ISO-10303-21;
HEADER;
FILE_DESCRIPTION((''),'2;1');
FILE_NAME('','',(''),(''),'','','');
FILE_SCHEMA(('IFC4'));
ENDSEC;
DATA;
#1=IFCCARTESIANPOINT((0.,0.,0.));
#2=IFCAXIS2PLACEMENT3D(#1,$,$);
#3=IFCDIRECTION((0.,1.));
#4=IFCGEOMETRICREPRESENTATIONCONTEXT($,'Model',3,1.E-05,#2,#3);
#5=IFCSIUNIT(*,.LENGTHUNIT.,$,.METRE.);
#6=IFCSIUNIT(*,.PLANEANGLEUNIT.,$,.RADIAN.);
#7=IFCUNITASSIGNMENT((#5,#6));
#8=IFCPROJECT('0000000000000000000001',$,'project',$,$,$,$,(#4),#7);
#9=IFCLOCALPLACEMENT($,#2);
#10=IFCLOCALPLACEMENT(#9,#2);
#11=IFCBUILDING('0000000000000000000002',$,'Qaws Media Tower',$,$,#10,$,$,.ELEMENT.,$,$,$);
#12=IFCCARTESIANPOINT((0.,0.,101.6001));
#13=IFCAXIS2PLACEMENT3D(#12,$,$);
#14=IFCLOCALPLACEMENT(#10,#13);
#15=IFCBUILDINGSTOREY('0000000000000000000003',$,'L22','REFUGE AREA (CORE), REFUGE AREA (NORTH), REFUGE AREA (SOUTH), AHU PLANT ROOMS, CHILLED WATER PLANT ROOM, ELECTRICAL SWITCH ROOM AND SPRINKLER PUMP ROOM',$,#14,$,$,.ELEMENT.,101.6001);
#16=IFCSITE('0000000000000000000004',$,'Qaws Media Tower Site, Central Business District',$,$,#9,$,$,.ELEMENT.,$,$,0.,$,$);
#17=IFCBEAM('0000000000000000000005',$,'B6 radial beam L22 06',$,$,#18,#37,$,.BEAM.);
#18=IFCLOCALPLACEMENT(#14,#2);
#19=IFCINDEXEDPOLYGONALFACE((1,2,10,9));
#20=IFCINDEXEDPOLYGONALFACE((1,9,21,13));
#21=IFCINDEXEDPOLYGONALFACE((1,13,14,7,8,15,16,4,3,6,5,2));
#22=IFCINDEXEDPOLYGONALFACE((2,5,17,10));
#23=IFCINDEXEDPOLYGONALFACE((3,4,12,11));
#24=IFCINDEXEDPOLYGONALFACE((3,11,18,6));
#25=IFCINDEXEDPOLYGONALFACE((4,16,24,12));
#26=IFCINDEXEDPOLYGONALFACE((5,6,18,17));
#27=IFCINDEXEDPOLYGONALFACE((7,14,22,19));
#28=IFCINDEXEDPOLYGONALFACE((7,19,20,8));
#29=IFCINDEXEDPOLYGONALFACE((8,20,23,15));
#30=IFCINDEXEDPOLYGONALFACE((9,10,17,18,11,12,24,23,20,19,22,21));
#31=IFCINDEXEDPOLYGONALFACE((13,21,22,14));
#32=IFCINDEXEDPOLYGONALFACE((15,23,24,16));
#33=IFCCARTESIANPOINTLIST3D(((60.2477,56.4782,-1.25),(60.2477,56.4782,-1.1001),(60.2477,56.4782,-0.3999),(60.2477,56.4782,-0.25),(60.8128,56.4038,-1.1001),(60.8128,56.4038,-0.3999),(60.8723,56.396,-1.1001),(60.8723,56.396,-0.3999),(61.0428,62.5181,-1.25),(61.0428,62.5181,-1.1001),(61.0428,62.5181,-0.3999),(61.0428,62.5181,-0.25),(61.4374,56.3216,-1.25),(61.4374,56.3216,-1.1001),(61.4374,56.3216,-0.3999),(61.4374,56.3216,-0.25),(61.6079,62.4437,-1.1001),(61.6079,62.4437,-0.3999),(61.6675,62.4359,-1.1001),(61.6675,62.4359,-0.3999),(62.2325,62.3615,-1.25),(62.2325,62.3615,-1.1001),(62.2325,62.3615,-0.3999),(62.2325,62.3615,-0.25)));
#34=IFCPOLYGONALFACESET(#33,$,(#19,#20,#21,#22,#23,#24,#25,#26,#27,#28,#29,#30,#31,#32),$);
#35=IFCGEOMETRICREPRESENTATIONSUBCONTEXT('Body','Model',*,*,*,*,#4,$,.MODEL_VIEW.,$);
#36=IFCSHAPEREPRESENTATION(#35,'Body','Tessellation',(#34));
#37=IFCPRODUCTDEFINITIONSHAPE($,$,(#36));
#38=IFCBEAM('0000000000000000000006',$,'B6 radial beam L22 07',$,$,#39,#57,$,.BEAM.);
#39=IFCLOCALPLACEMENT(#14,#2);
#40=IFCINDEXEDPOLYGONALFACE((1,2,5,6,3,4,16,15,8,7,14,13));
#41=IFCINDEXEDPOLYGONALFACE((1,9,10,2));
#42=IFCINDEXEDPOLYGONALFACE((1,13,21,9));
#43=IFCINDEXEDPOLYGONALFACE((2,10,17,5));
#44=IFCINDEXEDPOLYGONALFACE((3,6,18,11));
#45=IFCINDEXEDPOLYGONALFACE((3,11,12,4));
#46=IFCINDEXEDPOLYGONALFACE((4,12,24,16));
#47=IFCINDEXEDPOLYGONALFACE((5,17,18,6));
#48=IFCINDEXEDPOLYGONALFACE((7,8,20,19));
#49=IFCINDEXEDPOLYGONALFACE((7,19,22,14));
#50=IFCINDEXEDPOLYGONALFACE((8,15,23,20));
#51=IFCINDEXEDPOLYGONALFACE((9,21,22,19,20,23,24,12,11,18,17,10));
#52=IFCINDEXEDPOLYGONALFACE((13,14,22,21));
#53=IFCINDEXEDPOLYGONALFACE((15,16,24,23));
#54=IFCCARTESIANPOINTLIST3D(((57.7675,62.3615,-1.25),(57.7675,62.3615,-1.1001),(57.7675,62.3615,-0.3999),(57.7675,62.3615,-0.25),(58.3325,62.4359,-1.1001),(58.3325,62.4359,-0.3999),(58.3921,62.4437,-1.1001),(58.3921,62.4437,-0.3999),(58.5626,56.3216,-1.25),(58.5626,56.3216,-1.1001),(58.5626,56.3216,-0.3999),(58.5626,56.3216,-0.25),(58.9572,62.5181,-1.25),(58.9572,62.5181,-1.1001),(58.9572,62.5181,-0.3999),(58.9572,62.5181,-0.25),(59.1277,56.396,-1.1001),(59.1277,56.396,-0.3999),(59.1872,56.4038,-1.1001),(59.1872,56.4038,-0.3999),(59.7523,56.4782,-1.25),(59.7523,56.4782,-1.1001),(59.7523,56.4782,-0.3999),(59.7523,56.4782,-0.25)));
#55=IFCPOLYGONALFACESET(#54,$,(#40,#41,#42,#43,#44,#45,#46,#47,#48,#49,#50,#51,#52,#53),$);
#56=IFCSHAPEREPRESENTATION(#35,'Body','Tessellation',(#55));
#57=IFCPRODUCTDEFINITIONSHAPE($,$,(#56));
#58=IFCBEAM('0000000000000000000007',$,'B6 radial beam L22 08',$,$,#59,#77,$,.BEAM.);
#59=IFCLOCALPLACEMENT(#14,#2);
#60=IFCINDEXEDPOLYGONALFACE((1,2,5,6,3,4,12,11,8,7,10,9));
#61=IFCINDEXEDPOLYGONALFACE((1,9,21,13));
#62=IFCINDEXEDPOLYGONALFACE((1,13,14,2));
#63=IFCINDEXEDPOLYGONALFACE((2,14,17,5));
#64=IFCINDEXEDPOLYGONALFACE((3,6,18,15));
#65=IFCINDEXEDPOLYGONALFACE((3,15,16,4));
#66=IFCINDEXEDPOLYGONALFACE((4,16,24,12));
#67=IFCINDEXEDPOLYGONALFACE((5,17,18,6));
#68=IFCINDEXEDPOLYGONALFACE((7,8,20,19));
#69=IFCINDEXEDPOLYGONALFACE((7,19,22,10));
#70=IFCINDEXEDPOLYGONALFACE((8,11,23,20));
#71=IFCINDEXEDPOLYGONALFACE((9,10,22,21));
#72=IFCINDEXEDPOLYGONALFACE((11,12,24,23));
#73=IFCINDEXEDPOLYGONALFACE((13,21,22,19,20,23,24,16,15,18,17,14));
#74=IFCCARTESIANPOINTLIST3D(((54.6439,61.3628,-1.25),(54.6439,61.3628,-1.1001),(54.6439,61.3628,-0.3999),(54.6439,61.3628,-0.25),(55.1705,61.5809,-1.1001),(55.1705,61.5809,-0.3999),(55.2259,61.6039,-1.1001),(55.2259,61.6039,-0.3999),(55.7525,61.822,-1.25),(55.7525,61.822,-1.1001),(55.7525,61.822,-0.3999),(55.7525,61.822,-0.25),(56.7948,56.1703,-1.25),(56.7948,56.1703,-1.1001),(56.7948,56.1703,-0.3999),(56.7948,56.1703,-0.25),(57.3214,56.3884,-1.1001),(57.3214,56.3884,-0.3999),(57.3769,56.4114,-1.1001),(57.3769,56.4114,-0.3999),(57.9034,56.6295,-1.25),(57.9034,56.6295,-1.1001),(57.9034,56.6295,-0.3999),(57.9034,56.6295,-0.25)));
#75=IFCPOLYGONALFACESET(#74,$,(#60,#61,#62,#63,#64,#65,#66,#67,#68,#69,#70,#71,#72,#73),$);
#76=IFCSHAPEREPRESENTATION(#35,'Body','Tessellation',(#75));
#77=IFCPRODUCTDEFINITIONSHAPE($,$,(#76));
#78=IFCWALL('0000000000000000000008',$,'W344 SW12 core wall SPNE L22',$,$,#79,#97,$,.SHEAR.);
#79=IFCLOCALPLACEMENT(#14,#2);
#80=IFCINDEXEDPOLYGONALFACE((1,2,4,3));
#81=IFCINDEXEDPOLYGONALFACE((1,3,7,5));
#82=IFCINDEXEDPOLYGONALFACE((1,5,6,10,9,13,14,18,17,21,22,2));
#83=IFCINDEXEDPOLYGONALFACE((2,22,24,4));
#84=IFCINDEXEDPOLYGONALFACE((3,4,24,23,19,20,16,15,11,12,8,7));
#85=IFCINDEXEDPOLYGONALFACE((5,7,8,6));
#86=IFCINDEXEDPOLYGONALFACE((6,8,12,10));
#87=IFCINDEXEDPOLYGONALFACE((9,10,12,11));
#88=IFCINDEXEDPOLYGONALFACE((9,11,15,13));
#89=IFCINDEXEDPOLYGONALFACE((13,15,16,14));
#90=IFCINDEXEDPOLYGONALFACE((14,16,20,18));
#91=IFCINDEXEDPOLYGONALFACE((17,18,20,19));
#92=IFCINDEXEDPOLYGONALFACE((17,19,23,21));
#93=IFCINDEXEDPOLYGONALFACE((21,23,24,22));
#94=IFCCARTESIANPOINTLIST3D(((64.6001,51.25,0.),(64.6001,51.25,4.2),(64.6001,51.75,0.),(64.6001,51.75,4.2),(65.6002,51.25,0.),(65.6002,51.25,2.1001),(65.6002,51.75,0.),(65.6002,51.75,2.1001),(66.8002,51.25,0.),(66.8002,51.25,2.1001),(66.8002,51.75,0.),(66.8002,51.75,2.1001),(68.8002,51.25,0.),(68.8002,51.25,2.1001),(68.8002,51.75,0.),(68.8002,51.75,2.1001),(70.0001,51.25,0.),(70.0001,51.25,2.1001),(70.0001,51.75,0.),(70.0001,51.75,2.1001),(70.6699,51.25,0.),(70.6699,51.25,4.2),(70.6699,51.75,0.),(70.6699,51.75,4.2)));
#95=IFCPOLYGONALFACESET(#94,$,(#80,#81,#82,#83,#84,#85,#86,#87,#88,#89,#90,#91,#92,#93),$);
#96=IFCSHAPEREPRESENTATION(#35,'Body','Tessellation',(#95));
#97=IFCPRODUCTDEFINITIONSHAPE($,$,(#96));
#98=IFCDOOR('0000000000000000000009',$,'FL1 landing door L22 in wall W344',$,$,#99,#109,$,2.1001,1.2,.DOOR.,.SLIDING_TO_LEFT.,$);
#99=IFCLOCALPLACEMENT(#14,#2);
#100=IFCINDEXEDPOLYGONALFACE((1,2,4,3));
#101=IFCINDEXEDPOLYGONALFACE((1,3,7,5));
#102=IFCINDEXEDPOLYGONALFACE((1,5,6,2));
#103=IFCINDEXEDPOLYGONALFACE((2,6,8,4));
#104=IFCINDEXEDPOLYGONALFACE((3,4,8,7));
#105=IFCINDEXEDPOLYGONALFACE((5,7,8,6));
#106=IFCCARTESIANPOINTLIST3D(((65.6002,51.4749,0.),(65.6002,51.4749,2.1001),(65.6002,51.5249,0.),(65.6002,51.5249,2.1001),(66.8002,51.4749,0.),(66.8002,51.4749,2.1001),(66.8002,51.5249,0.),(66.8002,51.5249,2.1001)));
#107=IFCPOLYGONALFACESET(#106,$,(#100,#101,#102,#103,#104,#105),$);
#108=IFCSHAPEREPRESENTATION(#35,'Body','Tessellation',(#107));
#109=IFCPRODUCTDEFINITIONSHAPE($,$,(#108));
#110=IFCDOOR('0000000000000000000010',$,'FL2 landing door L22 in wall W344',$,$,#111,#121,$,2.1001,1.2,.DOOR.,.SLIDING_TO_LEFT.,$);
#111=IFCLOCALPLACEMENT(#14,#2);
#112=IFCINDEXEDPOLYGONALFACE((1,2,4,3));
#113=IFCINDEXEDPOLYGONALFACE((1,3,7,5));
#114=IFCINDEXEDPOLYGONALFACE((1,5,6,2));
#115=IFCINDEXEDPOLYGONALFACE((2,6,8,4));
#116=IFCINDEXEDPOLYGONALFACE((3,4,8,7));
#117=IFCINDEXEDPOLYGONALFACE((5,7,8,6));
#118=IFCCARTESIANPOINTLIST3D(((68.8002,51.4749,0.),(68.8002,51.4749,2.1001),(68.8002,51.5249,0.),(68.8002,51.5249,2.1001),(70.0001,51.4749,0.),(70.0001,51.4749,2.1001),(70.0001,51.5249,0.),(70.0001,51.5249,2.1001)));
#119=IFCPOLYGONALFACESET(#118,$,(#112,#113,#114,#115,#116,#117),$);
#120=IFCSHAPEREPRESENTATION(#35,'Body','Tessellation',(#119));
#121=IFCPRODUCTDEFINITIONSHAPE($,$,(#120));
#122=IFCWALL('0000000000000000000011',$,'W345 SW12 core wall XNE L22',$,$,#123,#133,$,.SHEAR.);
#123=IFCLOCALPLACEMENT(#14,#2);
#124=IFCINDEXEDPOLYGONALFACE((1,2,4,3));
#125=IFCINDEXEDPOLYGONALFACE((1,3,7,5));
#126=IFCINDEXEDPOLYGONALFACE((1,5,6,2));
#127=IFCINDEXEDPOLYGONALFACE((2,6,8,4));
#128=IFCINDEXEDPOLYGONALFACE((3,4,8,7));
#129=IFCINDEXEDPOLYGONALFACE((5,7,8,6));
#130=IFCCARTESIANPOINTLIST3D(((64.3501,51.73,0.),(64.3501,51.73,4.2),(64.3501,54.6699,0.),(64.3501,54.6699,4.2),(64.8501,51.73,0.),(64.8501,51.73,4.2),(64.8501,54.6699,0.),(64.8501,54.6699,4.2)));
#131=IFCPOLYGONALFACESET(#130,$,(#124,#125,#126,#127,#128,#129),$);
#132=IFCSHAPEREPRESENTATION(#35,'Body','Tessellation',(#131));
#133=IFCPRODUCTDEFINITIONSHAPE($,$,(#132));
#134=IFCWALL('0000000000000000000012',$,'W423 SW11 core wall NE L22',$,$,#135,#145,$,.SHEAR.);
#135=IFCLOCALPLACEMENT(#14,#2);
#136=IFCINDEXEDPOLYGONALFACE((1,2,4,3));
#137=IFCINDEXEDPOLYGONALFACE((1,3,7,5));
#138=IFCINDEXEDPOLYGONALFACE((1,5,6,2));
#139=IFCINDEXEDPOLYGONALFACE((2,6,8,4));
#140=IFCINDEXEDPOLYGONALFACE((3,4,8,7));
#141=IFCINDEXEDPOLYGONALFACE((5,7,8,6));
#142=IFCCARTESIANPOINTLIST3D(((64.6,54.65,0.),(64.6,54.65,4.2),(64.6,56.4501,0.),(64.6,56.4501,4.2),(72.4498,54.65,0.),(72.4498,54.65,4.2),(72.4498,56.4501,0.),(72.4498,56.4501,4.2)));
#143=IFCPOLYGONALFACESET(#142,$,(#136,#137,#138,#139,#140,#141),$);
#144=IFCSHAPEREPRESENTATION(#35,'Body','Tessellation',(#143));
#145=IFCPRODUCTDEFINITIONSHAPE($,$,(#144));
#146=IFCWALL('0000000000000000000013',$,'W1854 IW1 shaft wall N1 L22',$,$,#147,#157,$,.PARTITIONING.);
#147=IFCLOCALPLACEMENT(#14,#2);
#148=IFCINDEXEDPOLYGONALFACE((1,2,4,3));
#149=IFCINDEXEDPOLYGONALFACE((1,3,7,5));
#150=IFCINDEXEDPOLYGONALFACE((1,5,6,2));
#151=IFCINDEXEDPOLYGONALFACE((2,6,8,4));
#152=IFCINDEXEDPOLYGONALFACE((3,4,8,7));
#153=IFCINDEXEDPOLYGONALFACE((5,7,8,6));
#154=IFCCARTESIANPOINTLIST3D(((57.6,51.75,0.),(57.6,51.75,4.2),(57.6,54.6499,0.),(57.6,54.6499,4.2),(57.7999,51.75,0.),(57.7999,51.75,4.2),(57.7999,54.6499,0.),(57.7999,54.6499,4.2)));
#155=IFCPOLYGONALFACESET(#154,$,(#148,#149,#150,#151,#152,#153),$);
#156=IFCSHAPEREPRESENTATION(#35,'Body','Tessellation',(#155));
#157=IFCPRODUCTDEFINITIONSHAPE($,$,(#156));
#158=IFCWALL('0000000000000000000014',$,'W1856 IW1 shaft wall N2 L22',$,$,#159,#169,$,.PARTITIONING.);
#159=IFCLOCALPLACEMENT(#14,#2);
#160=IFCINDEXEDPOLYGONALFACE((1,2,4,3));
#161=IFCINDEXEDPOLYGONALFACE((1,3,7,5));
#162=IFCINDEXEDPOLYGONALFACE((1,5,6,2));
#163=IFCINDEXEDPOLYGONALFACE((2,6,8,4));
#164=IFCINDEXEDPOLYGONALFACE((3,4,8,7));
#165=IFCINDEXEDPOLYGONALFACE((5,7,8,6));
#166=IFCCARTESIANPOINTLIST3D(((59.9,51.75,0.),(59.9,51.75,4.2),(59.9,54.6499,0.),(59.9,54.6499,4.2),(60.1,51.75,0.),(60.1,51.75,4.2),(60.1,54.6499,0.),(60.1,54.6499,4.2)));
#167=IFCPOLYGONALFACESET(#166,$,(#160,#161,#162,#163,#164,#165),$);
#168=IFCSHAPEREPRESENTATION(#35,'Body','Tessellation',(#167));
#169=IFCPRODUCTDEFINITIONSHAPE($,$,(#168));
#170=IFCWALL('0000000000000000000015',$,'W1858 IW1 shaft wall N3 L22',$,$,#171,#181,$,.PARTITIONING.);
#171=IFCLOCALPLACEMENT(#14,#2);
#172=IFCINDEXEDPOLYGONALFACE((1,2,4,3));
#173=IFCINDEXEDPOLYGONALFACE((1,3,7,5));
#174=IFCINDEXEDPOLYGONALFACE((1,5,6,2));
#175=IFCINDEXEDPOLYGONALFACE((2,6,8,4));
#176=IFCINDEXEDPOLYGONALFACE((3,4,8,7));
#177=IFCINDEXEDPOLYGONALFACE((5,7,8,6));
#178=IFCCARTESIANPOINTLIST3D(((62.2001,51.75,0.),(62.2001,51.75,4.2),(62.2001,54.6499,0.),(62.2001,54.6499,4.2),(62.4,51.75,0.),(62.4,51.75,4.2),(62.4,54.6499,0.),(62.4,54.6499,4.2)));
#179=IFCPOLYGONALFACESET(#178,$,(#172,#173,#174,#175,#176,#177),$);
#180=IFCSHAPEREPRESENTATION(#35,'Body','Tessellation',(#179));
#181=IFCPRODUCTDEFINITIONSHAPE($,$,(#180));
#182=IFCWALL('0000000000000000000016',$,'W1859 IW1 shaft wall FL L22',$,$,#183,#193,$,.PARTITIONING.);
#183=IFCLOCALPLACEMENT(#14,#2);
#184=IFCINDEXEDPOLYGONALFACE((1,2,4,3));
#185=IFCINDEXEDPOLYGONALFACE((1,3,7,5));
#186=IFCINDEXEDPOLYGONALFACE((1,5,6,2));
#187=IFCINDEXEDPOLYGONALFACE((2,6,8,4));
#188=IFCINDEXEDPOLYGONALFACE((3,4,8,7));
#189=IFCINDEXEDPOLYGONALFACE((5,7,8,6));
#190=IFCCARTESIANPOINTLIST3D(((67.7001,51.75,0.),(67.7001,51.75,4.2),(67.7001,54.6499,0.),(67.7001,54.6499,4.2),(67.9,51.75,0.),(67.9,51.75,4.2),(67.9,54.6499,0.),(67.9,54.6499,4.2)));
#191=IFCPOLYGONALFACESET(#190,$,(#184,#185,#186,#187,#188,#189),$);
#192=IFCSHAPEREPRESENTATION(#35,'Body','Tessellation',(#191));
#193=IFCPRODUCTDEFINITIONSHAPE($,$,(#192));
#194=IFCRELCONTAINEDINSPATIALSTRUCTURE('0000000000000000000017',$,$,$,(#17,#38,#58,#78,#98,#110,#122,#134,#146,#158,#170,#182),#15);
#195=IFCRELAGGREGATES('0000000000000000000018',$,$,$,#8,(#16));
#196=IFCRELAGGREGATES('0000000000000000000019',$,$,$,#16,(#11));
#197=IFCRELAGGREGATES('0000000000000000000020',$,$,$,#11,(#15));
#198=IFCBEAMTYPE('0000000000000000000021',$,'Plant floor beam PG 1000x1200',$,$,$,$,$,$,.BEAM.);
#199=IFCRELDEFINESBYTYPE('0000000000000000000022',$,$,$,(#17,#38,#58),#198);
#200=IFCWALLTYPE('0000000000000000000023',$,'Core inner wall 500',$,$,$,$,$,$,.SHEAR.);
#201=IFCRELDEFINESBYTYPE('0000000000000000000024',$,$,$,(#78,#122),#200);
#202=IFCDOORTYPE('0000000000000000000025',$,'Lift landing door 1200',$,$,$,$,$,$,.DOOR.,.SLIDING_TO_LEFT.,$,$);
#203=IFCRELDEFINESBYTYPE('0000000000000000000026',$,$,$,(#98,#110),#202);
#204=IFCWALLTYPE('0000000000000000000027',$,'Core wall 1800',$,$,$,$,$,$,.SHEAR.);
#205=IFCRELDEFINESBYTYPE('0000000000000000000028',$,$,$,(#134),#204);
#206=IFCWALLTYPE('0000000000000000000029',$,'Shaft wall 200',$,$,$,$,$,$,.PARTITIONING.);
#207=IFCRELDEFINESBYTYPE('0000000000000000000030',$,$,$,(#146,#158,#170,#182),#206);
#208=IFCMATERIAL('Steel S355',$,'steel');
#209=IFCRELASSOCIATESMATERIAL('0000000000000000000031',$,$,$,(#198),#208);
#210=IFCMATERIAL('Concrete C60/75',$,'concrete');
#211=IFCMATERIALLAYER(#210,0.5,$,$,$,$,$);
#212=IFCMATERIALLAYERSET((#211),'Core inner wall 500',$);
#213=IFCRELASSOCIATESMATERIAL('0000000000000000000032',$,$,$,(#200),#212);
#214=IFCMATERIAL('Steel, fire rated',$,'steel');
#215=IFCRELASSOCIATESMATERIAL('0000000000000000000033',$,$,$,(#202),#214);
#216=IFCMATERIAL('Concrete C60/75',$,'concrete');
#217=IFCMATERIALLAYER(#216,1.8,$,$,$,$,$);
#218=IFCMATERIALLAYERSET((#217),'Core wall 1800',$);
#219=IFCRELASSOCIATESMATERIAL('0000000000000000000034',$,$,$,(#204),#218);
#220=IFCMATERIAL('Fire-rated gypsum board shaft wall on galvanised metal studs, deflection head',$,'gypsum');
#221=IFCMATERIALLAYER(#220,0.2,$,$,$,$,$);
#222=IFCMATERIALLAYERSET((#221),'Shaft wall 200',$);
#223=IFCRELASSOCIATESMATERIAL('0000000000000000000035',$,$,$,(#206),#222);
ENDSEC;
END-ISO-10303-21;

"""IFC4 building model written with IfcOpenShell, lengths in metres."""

from ifc_helpers import new_model, si_unit, direction, frame, frame_2d, origin, origin_2d, place, context, subcontext, project, spatial, rectangle, i_section, extrude, material, layer, layer_set, material_profile, profile_set, type_object, element, fill, save


model = new_model("IFC4")

# Units and contexts
model_context = context("Model", 3, precision=1e-05, world=origin(), true_north=direction((0.0, 1.0)))
body_context = subcontext(model_context, "Body", "Model", "MODEL_VIEW")
ifc_project = project(units=[si_unit("LENGTHUNIT", "METRE"), si_unit("PLANEANGLEUNIT", "RADIAN")], contexts=[model_context])

# Site, building, storey
site_placement = place(None, origin())
site = spatial("IfcSite", under=ifc_project, at=site_placement, Name="Qaws Media Tower Site, Central Business District", CompositionType="ELEMENT", RefElevation=0.0)
building_placement = place(site_placement, origin())
building = spatial("IfcBuilding", under=site, at=building_placement, Name="Qaws Media Tower", CompositionType="ELEMENT")
storey_placement = place(building_placement, frame((0.0, 0.0, 101.6001)))
storey = spatial("IfcBuildingStorey", under=building, at=storey_placement, Name="L22", Description="REFUGE AREA (CORE), REFUGE AREA (NORTH), REFUGE AREA (SOUTH), AHU PLANT ROOMS, CHILLED WATER PLANT ROOM, ELECTRICAL SWITCH ROOM AND SPRINKLER PUMP ROOM", CompositionType="ELEMENT", Elevation=101.6001)

# Beams
ifc_material_1 = material(Name="Steel S355", Category="steel")
ifc_material_profile_1 = material_profile(ifc_material_1, i_section(OverallWidth=1.2, OverallDepth=1.0, WebThickness=0.0601, FlangeThickness=0.1499, at=origin_2d()), Name="PG 1000x1200")
ifc_profile_set_1 = profile_set([ifc_material_profile_1], Name="Steel S355")
beam_type_1 = type_object("IfcBeamType", Name="Plant floor beam PG 1000x1200", PredefinedType="BEAM", material=ifc_profile_set_1)
for number, where, z_axis, x_axis, name in (
    (1, (60.8425, 56.3999, -0.75), (0.130523, 0.991445, 0.0), (-0.991445, 0.130523, 0.0), "B6 radial beam L22 06"),
    (2, (59.1575, 56.3999, -0.75), (-0.130523, 0.991445, 0.0), (-0.991445, -0.130523, 0.0), "B6 radial beam L22 07"),
):
    element("IfcBeam", number, at=place(storey_placement, frame(where, z_axis=z_axis, x_axis=x_axis)), inside=storey, type_object=beam_type_1, Name=name, PredefinedType="BEAM", context=body_context, shape_type="SweptSolid", body=[
        extrude(i_section(OverallWidth=1.2, OverallDepth=1.0, WebThickness=0.0601, FlangeThickness=0.1499, at=origin_2d()), origin(), (0.0, 0.0, 1.0), 6.092),
    ])
beam_1_placement = place(storey_placement, frame((57.3491, 56.3999, -0.75), z_axis=(-0.382702, 0.923872, 0.0), x_axis=(-0.923872, -0.382702, 0.0)))
element("IfcBeam", 3, at=beam_1_placement, inside=storey, type_object=beam_type_1, Name="B6 radial beam L22 08", PredefinedType="BEAM", context=body_context, shape_type="SweptSolid", body=[
    extrude(i_section(OverallWidth=1.2, OverallDepth=1.0, WebThickness=0.0601, FlangeThickness=0.1499, at=origin_2d()), origin(), (0.0, 0.0, 1.0), 5.6204),
])

# Wall, openings, doors
ifc_material_2 = material(Name="Concrete C60/75", Category="concrete")
ifc_layer_1 = layer(ifc_material_2, 0.5)
ifc_layer_set_1 = layer_set([ifc_layer_1], Name="Core inner wall 500")
wall_type_1 = type_object("IfcWallType", Name="Core inner wall 500", PredefinedType="SHEAR", material=ifc_layer_set_1)
wall_1_placement = place(storey_placement, frame((64.6001, 51.5, 0.0), z_axis=(0.0, 0.0, 1.0), x_axis=(1.0, 0.0, 0.0)))
wall_1 = element("IfcWall", 4, at=wall_1_placement, inside=storey, type_object=wall_type_1, Name="W344 SW12 core wall SPNE L22", PredefinedType="SHEAR", context=body_context, shape_type="SweptSolid", body=[
    extrude(rectangle(XDim=6.0698, YDim=0.5, at=frame_2d((3.0349, 0.0))), origin(), (0.0, 0.0, 1.0), 4.2),
])
opening_1_placement = place(wall_1_placement, frame((1.0, 0.0, 0.0)))
opening_1 = element("IfcOpeningElement", 5, at=opening_1_placement, cuts=wall_1, PredefinedType="OPENING", context=body_context, shape_type="SweptSolid", body=[
    extrude(rectangle(XDim=1.2, YDim=2.1001, at=frame_2d((0.6001, 1.05))), frame((0.0, 0.26, 0.0), z_axis=(0.0, -1.0, 0.0), x_axis=(1.0, 0.0, 0.0)), (0.0, 0.0, 1.0), 0.52),
])
opening_2_placement = place(wall_1_placement, frame((4.2, 0.0, 0.0)))
opening_2 = element("IfcOpeningElement", 6, at=opening_2_placement, cuts=wall_1, PredefinedType="OPENING", context=body_context, shape_type="SweptSolid", body=[
    extrude(rectangle(XDim=1.2, YDim=2.1001, at=frame_2d((0.6001, 1.05))), frame((0.0, 0.26, 0.0), z_axis=(0.0, -1.0, 0.0), x_axis=(1.0, 0.0, 0.0)), (0.0, 0.0, 1.0), 0.52),
])
ifc_material_3 = material(Name="Steel, fire rated", Category="steel")
door_type = type_object("IfcDoorType", Name="Lift landing door 1200", OperationType="SLIDING_TO_LEFT", PredefinedType="DOOR", material=ifc_material_3)
door_1_placement = place(opening_1_placement, origin())
door_1 = element("IfcDoor", 7, at=door_1_placement, inside=storey, type_object=door_type, Name="FL1 landing door L22 in wall W344", OperationType="SLIDING_TO_LEFT", OverallHeight=2.1001, OverallWidth=1.2, PredefinedType="DOOR", context=body_context, shape_type="SweptSolid", body=[
    extrude(rectangle(XDim=1.2, YDim=2.1001, at=frame_2d((0.6001, 1.05))), frame((0.0, 0.0249, 0.0), z_axis=(0.0, -1.0, 0.0), x_axis=(1.0, 0.0, 0.0)), (0.0, 0.0, 1.0), 0.05),
])
fill(opening_1, door_1)
door_2_placement = place(opening_2_placement, origin())
door_2 = element("IfcDoor", 8, at=door_2_placement, inside=storey, type_object=door_type, Name="FL2 landing door L22 in wall W344", OperationType="SLIDING_TO_LEFT", OverallHeight=2.1001, OverallWidth=1.2, PredefinedType="DOOR", context=body_context, shape_type="SweptSolid", body=[
    extrude(rectangle(XDim=1.2, YDim=2.1001, at=frame_2d((0.6001, 1.05))), frame((0.0, 0.0249, 0.0), z_axis=(0.0, -1.0, 0.0), x_axis=(1.0, 0.0, 0.0)), (0.0, 0.0, 1.0), 0.05),
])
fill(opening_2, door_2)

# Walls
wall_2_placement = place(storey_placement, frame((64.6001, 51.73, 0.0), z_axis=(0.0, 0.0, 1.0), x_axis=(0.0, 1.0, 0.0)))
element("IfcWall", 9, at=wall_2_placement, inside=storey, type_object=wall_type_1, Name="W345 SW12 core wall XNE L22", PredefinedType="SHEAR", context=body_context, shape_type="SweptSolid", body=[
    extrude(rectangle(XDim=2.9399, YDim=0.5, at=frame_2d((1.47, 0.0))), origin(), (0.0, 0.0, 1.0), 4.2),
])
ifc_material_4 = material(Name="Concrete C60/75", Category="concrete")
ifc_layer_2 = layer(ifc_material_4, 1.8)
ifc_layer_set_2 = layer_set([ifc_layer_2], Name="Core wall 1800")
wall_type_2 = type_object("IfcWallType", Name="Core wall 1800", PredefinedType="SHEAR", material=ifc_layer_set_2)
wall_3_placement = place(storey_placement, frame((64.6001, 55.55, 0.0), z_axis=(0.0, 0.0, 1.0), x_axis=(1.0, 0.0, 0.0)))
element("IfcWall", 10, at=wall_3_placement, inside=storey, type_object=wall_type_2, Name="W423 SW11 core wall NE L22", PredefinedType="SHEAR", context=body_context, shape_type="SweptSolid", body=[
    extrude(rectangle(XDim=7.8499, YDim=1.8, at=frame_2d((3.9248, 0.0))), origin(), (0.0, 0.0, 1.0), 4.2),
])
ifc_material_5 = material(Name="Fire-rated gypsum board shaft wall on galvanised metal studs, deflection head", Category="gypsum")
ifc_layer_3 = layer(ifc_material_5, 0.2)
ifc_layer_set_3 = layer_set([ifc_layer_3], Name="Shaft wall 200")
wall_type_3 = type_object("IfcWallType", Name="Shaft wall 200", PredefinedType="PARTITIONING", material=ifc_layer_set_3)
for number, where, z_axis, x_axis, name in (
    (11, (57.7, 51.75, 0.0), (0.0, 0.0, 1.0), (0.0, 1.0, 0.0), "W1854 IW1 shaft wall N1 L22"),
    (12, (60.0, 51.75, 0.0), (0.0, 0.0, 1.0), (0.0, 1.0, 0.0), "W1856 IW1 shaft wall N2 L22"),
    (13, (62.3, 51.75, 0.0), (0.0, 0.0, 1.0), (0.0, 1.0, 0.0), "W1858 IW1 shaft wall N3 L22"),
    (14, (67.8, 51.75, 0.0), (0.0, 0.0, 1.0), (0.0, 1.0, 0.0), "W1859 IW1 shaft wall FL L22"),
):
    element("IfcWall", number, at=place(storey_placement, frame(where, z_axis=z_axis, x_axis=x_axis)), inside=storey, type_object=wall_type_3, Name=name, PredefinedType="PARTITIONING", context=body_context, shape_type="SweptSolid", body=[
        extrude(rectangle(XDim=2.8999, YDim=0.2, at=frame_2d((1.45, 0.0))), origin(), (0.0, 0.0, 1.0), 4.2),
    ])

save(model, "model.ifc")
